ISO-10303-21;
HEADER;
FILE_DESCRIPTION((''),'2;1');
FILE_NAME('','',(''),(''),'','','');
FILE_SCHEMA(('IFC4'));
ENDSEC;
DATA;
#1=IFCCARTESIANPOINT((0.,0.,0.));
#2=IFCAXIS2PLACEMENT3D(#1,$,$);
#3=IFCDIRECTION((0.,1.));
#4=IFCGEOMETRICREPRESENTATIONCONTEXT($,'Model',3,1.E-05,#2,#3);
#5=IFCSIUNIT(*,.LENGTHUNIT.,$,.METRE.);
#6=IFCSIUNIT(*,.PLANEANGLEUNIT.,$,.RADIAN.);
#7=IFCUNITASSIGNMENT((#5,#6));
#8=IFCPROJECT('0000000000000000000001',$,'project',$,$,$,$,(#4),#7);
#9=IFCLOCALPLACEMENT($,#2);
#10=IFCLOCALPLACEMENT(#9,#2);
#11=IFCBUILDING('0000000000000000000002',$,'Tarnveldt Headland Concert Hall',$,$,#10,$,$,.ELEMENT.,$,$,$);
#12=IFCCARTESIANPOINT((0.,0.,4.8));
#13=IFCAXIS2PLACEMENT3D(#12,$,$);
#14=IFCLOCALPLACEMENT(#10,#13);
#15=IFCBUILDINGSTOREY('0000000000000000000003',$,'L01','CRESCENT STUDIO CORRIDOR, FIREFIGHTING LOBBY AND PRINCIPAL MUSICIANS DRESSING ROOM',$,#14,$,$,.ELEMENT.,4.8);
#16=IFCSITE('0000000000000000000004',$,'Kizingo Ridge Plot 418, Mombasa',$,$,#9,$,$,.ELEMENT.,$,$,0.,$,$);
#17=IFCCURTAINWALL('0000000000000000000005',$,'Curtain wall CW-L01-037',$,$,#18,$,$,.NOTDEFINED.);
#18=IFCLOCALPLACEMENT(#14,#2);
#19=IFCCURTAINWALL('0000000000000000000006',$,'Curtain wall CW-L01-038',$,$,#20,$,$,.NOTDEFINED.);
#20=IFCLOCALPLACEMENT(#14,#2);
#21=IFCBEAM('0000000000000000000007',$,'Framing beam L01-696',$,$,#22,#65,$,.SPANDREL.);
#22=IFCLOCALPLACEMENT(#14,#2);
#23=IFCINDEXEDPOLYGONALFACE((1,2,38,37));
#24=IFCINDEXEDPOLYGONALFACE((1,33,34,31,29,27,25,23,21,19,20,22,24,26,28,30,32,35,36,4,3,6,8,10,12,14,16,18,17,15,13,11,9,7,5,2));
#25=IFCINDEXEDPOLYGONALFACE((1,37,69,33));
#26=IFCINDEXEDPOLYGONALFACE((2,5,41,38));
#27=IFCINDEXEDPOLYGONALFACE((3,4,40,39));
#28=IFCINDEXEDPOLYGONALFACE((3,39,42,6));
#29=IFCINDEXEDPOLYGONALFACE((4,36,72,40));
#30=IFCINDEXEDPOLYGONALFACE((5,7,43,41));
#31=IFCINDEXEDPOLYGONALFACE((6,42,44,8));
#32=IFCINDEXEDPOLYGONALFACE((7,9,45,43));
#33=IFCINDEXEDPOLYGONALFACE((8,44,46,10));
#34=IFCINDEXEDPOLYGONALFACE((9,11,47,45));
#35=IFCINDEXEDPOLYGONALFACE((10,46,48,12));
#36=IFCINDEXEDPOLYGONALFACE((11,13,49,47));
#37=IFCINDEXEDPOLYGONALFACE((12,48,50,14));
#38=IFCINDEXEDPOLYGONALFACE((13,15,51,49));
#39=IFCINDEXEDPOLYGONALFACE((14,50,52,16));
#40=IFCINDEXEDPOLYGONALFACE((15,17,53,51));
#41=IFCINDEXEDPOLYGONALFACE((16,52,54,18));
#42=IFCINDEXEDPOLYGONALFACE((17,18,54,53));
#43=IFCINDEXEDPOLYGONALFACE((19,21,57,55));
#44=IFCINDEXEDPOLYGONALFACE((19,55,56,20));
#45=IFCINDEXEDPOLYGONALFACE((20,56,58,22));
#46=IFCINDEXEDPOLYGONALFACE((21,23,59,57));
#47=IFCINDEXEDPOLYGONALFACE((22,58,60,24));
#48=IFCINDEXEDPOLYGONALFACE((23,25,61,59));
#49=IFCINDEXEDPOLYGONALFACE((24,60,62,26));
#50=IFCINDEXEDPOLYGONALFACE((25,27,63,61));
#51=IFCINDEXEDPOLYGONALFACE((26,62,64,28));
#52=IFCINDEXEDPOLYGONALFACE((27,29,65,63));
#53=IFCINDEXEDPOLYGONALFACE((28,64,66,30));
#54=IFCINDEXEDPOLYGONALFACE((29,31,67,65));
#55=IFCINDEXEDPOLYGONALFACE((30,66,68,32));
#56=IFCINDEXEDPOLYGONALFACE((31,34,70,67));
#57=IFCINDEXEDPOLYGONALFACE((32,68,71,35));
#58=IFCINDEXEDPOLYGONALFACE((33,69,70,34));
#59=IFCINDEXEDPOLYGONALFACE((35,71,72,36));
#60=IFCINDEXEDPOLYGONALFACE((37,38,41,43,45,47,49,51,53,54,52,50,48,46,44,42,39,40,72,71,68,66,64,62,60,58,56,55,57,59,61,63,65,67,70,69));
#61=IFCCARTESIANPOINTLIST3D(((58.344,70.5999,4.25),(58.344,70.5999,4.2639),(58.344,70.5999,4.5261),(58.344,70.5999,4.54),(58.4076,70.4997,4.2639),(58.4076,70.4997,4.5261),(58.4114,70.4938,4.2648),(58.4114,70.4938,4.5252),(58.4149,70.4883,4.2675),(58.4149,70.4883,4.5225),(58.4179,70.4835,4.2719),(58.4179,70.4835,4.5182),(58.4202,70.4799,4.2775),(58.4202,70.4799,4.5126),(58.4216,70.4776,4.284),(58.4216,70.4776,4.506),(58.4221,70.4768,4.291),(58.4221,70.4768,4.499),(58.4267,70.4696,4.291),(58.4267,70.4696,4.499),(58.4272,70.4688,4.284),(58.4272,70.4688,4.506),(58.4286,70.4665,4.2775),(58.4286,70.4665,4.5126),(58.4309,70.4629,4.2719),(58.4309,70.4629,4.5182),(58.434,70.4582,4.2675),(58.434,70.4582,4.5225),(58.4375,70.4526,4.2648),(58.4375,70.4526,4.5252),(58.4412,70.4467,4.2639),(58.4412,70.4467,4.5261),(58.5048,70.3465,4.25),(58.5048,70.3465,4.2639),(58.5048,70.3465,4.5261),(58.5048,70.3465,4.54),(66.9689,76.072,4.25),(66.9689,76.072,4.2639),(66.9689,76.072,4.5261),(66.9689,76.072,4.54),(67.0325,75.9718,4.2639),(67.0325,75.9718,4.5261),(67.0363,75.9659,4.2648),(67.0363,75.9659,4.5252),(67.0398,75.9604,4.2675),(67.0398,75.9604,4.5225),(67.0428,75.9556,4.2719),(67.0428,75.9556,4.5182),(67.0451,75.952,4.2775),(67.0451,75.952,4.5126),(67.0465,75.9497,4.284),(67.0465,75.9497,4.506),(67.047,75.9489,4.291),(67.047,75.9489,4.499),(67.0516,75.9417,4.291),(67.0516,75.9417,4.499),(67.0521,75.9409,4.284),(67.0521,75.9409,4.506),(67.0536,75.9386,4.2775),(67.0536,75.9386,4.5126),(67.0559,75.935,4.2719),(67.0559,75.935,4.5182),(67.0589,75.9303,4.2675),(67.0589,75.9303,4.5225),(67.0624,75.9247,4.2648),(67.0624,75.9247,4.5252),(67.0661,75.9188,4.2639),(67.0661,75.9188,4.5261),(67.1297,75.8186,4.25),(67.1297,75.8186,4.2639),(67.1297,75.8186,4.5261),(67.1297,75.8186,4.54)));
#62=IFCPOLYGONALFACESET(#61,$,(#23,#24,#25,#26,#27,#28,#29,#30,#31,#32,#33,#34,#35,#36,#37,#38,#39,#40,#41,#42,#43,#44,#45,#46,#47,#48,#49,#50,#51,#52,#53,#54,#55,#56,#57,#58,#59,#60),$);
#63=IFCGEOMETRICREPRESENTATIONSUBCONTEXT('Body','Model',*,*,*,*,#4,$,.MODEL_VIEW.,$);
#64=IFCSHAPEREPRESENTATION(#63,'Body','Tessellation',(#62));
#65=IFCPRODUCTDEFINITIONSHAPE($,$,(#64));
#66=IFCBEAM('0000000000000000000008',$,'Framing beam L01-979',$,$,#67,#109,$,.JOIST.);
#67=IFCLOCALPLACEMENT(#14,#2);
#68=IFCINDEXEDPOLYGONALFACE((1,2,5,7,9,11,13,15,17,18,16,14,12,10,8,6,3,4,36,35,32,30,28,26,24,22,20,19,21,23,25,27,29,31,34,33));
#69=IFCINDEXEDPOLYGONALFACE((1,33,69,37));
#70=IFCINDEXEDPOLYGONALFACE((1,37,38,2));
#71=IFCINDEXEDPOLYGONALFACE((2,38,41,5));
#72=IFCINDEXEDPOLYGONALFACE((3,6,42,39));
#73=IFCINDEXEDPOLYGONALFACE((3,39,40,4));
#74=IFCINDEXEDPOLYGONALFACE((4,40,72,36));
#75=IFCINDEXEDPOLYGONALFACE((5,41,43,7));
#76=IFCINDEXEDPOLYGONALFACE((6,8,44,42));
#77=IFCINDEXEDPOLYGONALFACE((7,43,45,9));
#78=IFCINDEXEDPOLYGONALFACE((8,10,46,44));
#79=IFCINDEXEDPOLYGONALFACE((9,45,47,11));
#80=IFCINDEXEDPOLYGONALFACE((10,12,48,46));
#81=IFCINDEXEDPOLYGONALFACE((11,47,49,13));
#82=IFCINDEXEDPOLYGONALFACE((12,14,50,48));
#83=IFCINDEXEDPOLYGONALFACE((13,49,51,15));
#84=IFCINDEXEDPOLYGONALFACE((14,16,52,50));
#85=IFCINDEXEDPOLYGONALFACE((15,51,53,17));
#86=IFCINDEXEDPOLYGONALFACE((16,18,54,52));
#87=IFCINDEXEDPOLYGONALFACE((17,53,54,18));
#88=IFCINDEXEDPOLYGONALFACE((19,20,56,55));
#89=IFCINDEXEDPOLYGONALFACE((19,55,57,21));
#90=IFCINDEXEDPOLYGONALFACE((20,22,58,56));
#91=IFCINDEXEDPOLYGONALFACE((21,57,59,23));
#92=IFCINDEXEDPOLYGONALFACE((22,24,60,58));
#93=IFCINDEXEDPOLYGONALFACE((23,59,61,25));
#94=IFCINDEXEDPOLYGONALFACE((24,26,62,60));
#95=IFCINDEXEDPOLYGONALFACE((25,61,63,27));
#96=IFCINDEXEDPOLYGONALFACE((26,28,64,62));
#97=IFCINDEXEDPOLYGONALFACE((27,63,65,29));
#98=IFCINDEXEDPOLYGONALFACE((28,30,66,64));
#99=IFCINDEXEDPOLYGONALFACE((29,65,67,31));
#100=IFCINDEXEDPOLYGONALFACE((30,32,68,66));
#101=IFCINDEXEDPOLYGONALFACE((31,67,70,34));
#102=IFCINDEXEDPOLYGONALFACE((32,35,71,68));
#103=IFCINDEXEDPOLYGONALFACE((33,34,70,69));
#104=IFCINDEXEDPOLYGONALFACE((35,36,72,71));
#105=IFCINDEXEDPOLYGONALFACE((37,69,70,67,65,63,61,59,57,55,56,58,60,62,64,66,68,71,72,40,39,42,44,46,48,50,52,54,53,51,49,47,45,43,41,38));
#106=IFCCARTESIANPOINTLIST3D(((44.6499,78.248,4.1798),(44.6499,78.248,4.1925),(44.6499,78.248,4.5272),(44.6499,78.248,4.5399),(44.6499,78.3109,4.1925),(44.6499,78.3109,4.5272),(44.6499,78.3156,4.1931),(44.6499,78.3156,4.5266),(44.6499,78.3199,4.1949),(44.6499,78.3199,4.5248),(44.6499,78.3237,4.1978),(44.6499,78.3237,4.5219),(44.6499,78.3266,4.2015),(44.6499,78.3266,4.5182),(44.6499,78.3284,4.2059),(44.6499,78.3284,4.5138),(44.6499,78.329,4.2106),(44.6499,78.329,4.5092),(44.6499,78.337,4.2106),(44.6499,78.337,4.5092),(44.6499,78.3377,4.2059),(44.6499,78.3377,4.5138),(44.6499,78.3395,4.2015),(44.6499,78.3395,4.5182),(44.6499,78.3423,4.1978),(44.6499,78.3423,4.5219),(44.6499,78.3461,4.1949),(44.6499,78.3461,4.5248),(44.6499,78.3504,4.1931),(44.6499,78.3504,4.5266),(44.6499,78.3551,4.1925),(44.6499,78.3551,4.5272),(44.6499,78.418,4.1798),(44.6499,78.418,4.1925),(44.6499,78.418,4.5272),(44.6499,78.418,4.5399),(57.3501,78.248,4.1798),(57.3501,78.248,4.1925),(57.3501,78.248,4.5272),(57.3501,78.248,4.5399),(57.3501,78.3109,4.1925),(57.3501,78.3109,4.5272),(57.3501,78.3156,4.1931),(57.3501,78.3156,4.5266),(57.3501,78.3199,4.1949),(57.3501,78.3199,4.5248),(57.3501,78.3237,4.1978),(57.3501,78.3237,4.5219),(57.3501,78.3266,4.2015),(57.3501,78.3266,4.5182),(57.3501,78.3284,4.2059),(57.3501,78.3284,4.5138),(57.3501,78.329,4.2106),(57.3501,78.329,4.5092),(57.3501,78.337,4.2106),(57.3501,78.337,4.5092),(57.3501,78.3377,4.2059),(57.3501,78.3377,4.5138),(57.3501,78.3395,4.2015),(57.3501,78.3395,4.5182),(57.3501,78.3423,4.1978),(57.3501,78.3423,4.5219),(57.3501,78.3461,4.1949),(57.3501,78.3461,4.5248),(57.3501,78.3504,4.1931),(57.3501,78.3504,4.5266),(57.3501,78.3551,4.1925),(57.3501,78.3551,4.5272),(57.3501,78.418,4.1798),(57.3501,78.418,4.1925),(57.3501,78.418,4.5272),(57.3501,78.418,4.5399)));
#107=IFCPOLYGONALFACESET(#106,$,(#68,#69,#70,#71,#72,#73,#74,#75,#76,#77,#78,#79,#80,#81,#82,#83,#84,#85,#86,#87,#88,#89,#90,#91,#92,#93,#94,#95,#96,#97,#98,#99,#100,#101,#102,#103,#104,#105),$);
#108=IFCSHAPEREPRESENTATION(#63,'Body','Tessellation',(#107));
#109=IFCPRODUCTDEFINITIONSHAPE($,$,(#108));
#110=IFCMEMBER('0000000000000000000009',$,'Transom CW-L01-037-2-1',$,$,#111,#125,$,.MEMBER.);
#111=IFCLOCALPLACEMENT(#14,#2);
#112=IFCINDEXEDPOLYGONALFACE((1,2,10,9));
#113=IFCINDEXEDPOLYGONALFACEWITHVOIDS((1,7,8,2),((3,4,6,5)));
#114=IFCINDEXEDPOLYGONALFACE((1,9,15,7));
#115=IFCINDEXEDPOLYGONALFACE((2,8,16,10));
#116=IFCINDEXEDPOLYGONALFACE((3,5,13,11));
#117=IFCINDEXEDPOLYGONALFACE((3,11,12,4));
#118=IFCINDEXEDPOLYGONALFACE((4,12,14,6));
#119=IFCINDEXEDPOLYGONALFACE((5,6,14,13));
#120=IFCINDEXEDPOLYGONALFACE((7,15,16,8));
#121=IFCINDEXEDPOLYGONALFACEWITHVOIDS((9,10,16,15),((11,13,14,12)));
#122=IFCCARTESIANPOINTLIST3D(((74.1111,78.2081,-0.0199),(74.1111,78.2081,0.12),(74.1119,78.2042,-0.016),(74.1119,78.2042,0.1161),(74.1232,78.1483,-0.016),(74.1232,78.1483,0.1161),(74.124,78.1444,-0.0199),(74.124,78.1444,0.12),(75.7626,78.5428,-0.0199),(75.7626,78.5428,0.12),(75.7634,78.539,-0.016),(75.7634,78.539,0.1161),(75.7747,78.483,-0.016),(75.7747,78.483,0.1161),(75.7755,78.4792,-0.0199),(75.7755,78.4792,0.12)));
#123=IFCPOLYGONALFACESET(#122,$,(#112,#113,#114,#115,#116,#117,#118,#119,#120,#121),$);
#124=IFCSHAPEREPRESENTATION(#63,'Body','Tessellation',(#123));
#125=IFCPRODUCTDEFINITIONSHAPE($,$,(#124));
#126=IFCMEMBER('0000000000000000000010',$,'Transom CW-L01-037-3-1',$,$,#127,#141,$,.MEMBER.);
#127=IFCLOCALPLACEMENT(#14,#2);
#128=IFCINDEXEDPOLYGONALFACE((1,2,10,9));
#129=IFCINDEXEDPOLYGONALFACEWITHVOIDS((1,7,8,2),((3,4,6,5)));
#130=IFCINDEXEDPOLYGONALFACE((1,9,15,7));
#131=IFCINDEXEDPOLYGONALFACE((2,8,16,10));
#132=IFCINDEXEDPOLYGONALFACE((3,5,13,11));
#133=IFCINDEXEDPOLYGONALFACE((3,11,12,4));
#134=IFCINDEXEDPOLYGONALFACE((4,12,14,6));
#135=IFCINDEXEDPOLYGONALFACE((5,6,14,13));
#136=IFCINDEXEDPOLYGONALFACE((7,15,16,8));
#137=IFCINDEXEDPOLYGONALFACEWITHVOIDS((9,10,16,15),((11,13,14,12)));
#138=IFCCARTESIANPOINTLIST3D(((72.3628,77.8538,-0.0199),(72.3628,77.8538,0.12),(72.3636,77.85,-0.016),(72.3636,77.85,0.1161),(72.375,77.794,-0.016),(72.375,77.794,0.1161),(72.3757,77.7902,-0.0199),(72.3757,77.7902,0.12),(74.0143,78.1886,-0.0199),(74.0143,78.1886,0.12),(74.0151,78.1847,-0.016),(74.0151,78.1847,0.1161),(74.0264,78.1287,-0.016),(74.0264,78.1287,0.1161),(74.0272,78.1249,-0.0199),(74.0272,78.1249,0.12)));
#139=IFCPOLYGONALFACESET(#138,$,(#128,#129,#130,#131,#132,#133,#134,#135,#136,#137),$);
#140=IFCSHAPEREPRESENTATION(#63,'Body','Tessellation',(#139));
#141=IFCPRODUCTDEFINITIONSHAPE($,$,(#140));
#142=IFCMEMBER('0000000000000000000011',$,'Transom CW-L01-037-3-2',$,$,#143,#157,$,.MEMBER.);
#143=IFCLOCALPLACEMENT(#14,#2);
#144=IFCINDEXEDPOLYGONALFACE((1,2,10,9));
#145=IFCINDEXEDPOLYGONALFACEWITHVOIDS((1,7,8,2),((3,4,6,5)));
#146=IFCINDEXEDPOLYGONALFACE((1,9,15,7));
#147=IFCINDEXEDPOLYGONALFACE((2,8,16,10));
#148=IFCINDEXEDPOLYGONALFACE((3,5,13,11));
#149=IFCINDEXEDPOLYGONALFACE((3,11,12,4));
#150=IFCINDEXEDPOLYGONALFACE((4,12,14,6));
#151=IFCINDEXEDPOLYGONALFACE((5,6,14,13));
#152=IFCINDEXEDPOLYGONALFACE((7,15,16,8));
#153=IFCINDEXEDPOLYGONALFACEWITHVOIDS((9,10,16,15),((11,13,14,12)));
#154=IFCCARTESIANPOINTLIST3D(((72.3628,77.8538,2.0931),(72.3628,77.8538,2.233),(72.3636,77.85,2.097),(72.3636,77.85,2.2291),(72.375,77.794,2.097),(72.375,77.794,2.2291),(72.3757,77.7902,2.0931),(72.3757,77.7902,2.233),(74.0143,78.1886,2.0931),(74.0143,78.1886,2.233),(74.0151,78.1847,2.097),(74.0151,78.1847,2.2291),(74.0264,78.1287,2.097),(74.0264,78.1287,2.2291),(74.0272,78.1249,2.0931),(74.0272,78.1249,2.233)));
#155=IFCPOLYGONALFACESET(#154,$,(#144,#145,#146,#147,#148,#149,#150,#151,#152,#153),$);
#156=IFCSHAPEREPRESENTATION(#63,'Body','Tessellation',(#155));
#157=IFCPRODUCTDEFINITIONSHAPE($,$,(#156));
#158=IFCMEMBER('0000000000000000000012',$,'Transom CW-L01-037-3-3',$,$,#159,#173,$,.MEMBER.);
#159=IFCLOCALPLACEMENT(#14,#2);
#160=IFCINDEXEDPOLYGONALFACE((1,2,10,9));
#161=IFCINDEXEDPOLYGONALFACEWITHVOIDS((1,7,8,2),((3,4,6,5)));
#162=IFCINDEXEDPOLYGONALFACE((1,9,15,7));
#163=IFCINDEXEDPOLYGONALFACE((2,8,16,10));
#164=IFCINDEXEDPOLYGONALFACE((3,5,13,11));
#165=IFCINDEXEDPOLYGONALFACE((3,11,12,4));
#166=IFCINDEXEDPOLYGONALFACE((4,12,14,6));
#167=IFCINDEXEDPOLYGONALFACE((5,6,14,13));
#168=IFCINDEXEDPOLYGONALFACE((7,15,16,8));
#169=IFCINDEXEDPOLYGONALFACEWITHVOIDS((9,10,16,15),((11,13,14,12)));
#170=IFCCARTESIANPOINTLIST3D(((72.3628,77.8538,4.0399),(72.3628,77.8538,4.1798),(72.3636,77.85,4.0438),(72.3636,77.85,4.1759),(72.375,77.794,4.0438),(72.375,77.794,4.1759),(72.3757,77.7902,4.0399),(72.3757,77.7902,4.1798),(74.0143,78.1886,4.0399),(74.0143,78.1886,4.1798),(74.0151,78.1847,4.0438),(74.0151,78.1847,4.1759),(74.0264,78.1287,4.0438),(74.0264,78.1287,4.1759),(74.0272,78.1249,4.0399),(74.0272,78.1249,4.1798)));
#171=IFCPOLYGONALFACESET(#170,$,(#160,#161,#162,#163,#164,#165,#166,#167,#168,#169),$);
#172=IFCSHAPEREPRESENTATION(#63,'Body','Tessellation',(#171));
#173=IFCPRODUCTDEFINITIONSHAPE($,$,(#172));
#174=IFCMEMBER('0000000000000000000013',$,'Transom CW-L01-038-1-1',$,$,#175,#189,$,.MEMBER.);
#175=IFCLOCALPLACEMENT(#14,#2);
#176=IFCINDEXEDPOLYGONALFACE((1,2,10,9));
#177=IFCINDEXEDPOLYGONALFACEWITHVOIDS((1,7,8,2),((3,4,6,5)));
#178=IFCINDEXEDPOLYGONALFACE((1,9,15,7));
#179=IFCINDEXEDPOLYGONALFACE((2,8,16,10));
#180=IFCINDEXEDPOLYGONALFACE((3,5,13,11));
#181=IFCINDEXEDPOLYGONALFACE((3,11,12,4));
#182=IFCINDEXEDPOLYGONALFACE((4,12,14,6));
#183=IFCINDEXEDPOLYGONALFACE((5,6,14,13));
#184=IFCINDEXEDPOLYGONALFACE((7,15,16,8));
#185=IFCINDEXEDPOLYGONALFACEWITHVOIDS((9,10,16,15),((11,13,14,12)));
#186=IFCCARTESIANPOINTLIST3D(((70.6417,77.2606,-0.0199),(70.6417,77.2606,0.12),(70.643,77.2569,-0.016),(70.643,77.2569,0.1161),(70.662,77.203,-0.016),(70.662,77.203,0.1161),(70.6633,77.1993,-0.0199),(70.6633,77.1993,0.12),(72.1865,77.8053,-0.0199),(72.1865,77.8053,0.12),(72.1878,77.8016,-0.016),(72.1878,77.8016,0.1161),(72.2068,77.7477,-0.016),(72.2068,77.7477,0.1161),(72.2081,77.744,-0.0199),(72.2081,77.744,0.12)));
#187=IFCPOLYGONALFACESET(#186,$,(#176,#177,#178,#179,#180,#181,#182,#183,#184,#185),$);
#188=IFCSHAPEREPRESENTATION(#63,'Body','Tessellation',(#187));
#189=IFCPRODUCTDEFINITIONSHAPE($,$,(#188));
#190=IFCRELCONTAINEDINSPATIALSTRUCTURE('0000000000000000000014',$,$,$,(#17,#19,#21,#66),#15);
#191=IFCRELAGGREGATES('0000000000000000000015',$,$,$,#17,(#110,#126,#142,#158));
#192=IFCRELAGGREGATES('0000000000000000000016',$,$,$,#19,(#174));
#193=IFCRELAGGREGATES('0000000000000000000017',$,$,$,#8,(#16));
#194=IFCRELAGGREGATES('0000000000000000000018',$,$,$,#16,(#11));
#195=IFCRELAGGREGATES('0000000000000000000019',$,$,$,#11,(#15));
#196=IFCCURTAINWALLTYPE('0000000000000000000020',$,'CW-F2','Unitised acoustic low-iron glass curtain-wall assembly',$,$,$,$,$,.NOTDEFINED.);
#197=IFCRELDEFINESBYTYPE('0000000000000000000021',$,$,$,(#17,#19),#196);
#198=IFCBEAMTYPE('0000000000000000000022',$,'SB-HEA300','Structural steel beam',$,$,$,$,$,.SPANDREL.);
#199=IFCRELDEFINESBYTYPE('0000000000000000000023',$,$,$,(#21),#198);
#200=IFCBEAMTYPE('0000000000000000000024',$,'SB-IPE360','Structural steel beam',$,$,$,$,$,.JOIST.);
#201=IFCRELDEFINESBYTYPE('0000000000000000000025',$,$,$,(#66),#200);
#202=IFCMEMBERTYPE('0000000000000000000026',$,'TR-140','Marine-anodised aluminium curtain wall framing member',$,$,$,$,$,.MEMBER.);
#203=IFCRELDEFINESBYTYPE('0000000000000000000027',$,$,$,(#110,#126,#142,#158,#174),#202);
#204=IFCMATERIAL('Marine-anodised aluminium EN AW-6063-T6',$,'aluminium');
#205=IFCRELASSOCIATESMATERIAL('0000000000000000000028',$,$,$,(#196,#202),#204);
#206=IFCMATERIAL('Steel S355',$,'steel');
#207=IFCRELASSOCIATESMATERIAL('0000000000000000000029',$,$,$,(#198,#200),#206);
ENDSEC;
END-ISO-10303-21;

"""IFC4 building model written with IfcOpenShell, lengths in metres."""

from ifc_helpers import new_model, si_unit, direction, frame, origin, origin_2d, place, context, subcontext, project, spatial, hollow_rectangle, i_section, extrude, material, material_profile, profile_set, type_object, element, aggregate, save


model = new_model("IFC4")

# Units and contexts
model_context = context("Model", 3, precision=1e-05, world=origin(), true_north=direction((0.0, 1.0)))
body_context = subcontext(model_context, "Body", "Model", "MODEL_VIEW")
ifc_project = project(units=[si_unit("LENGTHUNIT", "METRE"), si_unit("PLANEANGLEUNIT", "RADIAN")], contexts=[model_context])

# Site, building, storey
site_placement = place(None, origin())
site = spatial("IfcSite", under=ifc_project, at=site_placement, Name="Kizingo Ridge Plot 418, Mombasa", CompositionType="ELEMENT", RefElevation=0.0)
building_placement = place(site_placement, origin())
building = spatial("IfcBuilding", under=site, at=building_placement, Name="Tarnveldt Headland Concert Hall", CompositionType="ELEMENT")
storey_placement = place(building_placement, frame((0.0, 0.0, 4.8)))
storey = spatial("IfcBuildingStorey", under=building, at=storey_placement, Name="L01", Description="CRESCENT STUDIO CORRIDOR, FIREFIGHTING LOBBY AND PRINCIPAL MUSICIANS DRESSING ROOM", CompositionType="ELEMENT", Elevation=4.8)

# Shared definitions
ifc_material_1 = material(Name="Steel S355", Category="steel")

# Curtain walls
ifc_material_2 = material(Name="Marine-anodised aluminium EN AW-6063-T6", Category="aluminium")
curtain_wall_type = type_object("IfcCurtainWallType", Name="CW-F2", Description="Unitised acoustic low-iron glass curtain-wall assembly", PredefinedType="NOTDEFINED", material=ifc_material_2)
curtain_wall_1_placement = place(storey_placement, origin())
curtain_wall_1 = element("IfcCurtainWall", 1, at=curtain_wall_1_placement, inside=storey, type_object=curtain_wall_type, Name="Curtain wall CW-L01-037", PredefinedType="NOTDEFINED")
curtain_wall_2_placement = place(storey_placement, origin())
curtain_wall_2 = element("IfcCurtainWall", 2, at=curtain_wall_2_placement, inside=storey, type_object=curtain_wall_type, Name="Curtain wall CW-L01-038", PredefinedType="NOTDEFINED")

# Beams
ifc_material_profile_1 = material_profile(ifc_material_1, i_section(OverallWidth=0.3, OverallDepth=0.29, WebThickness=0.0085, FlangeThickness=0.0139, FilletRadius=0.0271, at=origin_2d()), Name="HEA300", Category="steel")
ifc_profile_set_1 = profile_set([ifc_material_profile_1], Name="Steel S355")
beam_type_1 = type_object("IfcBeamType", Name="SB-HEA300", Description="Structural steel beam", PredefinedType="SPANDREL", material=ifc_profile_set_1)
beam_1_placement = place(storey_placement, frame((67.0493, 75.9453, 4.395), z_axis=(-0.844391, -0.535727, 0.0), x_axis=(0.535727, -0.844391, 0.0)))
element("IfcBeam", 3, at=beam_1_placement, inside=storey, type_object=beam_type_1, Name="Framing beam L01-696", PredefinedType="SPANDREL", context=body_context, shape_type="SweptSolid", body=[
    extrude(i_section(OverallWidth=0.3, OverallDepth=0.29, WebThickness=0.0085, FlangeThickness=0.0139, FilletRadius=0.0271, at=origin_2d()), origin(), (0.0, 0.0, 1.0), 10.2144),
])
ifc_material_profile_2 = material_profile(ifc_material_1, i_section(OverallWidth=0.1699, OverallDepth=0.3601, WebThickness=0.0081, FlangeThickness=0.0127, FilletRadius=0.0181, at=origin_2d()), Name="IPE360", Category="steel")
ifc_profile_set_2 = profile_set([ifc_material_profile_2], Name="Steel S355")
beam_type_2 = type_object("IfcBeamType", Name="SB-IPE360", Description="Structural steel beam", PredefinedType="JOIST", material=ifc_profile_set_2)
beam_2_placement = place(storey_placement, frame((44.6499, 78.333, 4.3599), z_axis=(1.0, 0.0, 0.0), x_axis=(0.0, 1.0, 0.0)))
element("IfcBeam", 4, at=beam_2_placement, inside=storey, type_object=beam_type_2, Name="Framing beam L01-979", PredefinedType="JOIST", context=body_context, shape_type="SweptSolid", body=[
    extrude(i_section(OverallWidth=0.1699, OverallDepth=0.3601, WebThickness=0.0081, FlangeThickness=0.0127, FilletRadius=0.0181, at=origin_2d()), origin(), (0.0, 0.0, 1.0), 12.7002),
])

# Members
ifc_material_profile_3 = material_profile(ifc_material_2, hollow_rectangle(XDim=0.0649, YDim=0.1399, WallThickness=0.0039, at=origin_2d()), Name="ALU TRANSOM 65x140x4", Category="aluminium")
ifc_profile_set_3 = profile_set([ifc_material_profile_3], Name="Marine-anodised aluminium EN AW-6063-T6")
member_type_1 = type_object("IfcMemberType", Name="TR-140", Description="Marine-anodised aluminium curtain wall framing member", PredefinedType="MEMBER", material=ifc_profile_set_3)
member_1_placement = place(storey_placement, frame((75.769, 78.511, 0.05), z_axis=(-0.98007, -0.198651, 0.0), x_axis=(0.198651, -0.98007, 0.0)))
member_1 = element("IfcMember", 5, at=member_1_placement, type_object=member_type_1, Name="Transom CW-L01-037-2-1", PredefinedType="MEMBER", context=body_context, shape_type="SweptSolid", body=[
    extrude(hollow_rectangle(XDim=0.0649, YDim=0.1399, WallThickness=0.0039, at=origin_2d()), origin(), (0.0, 0.0, 1.0), 1.6851),
])
member_2_placement = place(storey_placement, frame((74.0208, 78.1567, 0.05), z_axis=(-0.98007, -0.198651, 0.0), x_axis=(0.198651, -0.98007, 0.0)))
member_2 = element("IfcMember", 6, at=member_2_placement, type_object=member_type_1, Name="Transom CW-L01-037-3-1", PredefinedType="MEMBER", context=body_context, shape_type="SweptSolid", body=[
    extrude(hollow_rectangle(XDim=0.0649, YDim=0.1399, WallThickness=0.0039, at=origin_2d()), origin(), (0.0, 0.0, 1.0), 1.6851),
])
member_3_placement = place(storey_placement, frame((74.0208, 78.1567, 2.1631), z_axis=(-0.98007, -0.198651, 0.0), x_axis=(0.198651, -0.98007, 0.0)))
member_3 = element("IfcMember", 7, at=member_3_placement, type_object=member_type_1, Name="Transom CW-L01-037-3-2", PredefinedType="MEMBER", context=body_context, shape_type="SweptSolid", body=[
    extrude(hollow_rectangle(XDim=0.0649, YDim=0.1399, WallThickness=0.0039, at=origin_2d()), origin(), (0.0, 0.0, 1.0), 1.6851),
])
member_4_placement = place(storey_placement, frame((74.0208, 78.1567, 4.1099), z_axis=(-0.98007, -0.198651, 0.0), x_axis=(0.198651, -0.98007, 0.0)))
member_4 = element("IfcMember", 8, at=member_4_placement, type_object=member_type_1, Name="Transom CW-L01-037-3-3", PredefinedType="MEMBER", context=body_context, shape_type="SweptSolid", body=[
    extrude(hollow_rectangle(XDim=0.0649, YDim=0.1399, WallThickness=0.0039, at=origin_2d()), origin(), (0.0, 0.0, 1.0), 1.6851),
])
member_5_placement = place(storey_placement, frame((72.1973, 77.7747, 0.05), z_axis=(-0.943087, -0.332547, 0.0), x_axis=(0.332547, -0.943087, 0.0)))
member_5 = element("IfcMember", 9, at=member_5_placement, type_object=member_type_1, Name="Transom CW-L01-038-1-1", PredefinedType="MEMBER", context=body_context, shape_type="SweptSolid", body=[
    extrude(hollow_rectangle(XDim=0.0649, YDim=0.1399, WallThickness=0.0039, at=origin_2d()), origin(), (0.0, 0.0, 1.0), 1.6379),
])

aggregate(curtain_wall_1, [member_1, member_2, member_3, member_4])
aggregate(curtain_wall_2, [member_5])

save(model, "model.ifc")
